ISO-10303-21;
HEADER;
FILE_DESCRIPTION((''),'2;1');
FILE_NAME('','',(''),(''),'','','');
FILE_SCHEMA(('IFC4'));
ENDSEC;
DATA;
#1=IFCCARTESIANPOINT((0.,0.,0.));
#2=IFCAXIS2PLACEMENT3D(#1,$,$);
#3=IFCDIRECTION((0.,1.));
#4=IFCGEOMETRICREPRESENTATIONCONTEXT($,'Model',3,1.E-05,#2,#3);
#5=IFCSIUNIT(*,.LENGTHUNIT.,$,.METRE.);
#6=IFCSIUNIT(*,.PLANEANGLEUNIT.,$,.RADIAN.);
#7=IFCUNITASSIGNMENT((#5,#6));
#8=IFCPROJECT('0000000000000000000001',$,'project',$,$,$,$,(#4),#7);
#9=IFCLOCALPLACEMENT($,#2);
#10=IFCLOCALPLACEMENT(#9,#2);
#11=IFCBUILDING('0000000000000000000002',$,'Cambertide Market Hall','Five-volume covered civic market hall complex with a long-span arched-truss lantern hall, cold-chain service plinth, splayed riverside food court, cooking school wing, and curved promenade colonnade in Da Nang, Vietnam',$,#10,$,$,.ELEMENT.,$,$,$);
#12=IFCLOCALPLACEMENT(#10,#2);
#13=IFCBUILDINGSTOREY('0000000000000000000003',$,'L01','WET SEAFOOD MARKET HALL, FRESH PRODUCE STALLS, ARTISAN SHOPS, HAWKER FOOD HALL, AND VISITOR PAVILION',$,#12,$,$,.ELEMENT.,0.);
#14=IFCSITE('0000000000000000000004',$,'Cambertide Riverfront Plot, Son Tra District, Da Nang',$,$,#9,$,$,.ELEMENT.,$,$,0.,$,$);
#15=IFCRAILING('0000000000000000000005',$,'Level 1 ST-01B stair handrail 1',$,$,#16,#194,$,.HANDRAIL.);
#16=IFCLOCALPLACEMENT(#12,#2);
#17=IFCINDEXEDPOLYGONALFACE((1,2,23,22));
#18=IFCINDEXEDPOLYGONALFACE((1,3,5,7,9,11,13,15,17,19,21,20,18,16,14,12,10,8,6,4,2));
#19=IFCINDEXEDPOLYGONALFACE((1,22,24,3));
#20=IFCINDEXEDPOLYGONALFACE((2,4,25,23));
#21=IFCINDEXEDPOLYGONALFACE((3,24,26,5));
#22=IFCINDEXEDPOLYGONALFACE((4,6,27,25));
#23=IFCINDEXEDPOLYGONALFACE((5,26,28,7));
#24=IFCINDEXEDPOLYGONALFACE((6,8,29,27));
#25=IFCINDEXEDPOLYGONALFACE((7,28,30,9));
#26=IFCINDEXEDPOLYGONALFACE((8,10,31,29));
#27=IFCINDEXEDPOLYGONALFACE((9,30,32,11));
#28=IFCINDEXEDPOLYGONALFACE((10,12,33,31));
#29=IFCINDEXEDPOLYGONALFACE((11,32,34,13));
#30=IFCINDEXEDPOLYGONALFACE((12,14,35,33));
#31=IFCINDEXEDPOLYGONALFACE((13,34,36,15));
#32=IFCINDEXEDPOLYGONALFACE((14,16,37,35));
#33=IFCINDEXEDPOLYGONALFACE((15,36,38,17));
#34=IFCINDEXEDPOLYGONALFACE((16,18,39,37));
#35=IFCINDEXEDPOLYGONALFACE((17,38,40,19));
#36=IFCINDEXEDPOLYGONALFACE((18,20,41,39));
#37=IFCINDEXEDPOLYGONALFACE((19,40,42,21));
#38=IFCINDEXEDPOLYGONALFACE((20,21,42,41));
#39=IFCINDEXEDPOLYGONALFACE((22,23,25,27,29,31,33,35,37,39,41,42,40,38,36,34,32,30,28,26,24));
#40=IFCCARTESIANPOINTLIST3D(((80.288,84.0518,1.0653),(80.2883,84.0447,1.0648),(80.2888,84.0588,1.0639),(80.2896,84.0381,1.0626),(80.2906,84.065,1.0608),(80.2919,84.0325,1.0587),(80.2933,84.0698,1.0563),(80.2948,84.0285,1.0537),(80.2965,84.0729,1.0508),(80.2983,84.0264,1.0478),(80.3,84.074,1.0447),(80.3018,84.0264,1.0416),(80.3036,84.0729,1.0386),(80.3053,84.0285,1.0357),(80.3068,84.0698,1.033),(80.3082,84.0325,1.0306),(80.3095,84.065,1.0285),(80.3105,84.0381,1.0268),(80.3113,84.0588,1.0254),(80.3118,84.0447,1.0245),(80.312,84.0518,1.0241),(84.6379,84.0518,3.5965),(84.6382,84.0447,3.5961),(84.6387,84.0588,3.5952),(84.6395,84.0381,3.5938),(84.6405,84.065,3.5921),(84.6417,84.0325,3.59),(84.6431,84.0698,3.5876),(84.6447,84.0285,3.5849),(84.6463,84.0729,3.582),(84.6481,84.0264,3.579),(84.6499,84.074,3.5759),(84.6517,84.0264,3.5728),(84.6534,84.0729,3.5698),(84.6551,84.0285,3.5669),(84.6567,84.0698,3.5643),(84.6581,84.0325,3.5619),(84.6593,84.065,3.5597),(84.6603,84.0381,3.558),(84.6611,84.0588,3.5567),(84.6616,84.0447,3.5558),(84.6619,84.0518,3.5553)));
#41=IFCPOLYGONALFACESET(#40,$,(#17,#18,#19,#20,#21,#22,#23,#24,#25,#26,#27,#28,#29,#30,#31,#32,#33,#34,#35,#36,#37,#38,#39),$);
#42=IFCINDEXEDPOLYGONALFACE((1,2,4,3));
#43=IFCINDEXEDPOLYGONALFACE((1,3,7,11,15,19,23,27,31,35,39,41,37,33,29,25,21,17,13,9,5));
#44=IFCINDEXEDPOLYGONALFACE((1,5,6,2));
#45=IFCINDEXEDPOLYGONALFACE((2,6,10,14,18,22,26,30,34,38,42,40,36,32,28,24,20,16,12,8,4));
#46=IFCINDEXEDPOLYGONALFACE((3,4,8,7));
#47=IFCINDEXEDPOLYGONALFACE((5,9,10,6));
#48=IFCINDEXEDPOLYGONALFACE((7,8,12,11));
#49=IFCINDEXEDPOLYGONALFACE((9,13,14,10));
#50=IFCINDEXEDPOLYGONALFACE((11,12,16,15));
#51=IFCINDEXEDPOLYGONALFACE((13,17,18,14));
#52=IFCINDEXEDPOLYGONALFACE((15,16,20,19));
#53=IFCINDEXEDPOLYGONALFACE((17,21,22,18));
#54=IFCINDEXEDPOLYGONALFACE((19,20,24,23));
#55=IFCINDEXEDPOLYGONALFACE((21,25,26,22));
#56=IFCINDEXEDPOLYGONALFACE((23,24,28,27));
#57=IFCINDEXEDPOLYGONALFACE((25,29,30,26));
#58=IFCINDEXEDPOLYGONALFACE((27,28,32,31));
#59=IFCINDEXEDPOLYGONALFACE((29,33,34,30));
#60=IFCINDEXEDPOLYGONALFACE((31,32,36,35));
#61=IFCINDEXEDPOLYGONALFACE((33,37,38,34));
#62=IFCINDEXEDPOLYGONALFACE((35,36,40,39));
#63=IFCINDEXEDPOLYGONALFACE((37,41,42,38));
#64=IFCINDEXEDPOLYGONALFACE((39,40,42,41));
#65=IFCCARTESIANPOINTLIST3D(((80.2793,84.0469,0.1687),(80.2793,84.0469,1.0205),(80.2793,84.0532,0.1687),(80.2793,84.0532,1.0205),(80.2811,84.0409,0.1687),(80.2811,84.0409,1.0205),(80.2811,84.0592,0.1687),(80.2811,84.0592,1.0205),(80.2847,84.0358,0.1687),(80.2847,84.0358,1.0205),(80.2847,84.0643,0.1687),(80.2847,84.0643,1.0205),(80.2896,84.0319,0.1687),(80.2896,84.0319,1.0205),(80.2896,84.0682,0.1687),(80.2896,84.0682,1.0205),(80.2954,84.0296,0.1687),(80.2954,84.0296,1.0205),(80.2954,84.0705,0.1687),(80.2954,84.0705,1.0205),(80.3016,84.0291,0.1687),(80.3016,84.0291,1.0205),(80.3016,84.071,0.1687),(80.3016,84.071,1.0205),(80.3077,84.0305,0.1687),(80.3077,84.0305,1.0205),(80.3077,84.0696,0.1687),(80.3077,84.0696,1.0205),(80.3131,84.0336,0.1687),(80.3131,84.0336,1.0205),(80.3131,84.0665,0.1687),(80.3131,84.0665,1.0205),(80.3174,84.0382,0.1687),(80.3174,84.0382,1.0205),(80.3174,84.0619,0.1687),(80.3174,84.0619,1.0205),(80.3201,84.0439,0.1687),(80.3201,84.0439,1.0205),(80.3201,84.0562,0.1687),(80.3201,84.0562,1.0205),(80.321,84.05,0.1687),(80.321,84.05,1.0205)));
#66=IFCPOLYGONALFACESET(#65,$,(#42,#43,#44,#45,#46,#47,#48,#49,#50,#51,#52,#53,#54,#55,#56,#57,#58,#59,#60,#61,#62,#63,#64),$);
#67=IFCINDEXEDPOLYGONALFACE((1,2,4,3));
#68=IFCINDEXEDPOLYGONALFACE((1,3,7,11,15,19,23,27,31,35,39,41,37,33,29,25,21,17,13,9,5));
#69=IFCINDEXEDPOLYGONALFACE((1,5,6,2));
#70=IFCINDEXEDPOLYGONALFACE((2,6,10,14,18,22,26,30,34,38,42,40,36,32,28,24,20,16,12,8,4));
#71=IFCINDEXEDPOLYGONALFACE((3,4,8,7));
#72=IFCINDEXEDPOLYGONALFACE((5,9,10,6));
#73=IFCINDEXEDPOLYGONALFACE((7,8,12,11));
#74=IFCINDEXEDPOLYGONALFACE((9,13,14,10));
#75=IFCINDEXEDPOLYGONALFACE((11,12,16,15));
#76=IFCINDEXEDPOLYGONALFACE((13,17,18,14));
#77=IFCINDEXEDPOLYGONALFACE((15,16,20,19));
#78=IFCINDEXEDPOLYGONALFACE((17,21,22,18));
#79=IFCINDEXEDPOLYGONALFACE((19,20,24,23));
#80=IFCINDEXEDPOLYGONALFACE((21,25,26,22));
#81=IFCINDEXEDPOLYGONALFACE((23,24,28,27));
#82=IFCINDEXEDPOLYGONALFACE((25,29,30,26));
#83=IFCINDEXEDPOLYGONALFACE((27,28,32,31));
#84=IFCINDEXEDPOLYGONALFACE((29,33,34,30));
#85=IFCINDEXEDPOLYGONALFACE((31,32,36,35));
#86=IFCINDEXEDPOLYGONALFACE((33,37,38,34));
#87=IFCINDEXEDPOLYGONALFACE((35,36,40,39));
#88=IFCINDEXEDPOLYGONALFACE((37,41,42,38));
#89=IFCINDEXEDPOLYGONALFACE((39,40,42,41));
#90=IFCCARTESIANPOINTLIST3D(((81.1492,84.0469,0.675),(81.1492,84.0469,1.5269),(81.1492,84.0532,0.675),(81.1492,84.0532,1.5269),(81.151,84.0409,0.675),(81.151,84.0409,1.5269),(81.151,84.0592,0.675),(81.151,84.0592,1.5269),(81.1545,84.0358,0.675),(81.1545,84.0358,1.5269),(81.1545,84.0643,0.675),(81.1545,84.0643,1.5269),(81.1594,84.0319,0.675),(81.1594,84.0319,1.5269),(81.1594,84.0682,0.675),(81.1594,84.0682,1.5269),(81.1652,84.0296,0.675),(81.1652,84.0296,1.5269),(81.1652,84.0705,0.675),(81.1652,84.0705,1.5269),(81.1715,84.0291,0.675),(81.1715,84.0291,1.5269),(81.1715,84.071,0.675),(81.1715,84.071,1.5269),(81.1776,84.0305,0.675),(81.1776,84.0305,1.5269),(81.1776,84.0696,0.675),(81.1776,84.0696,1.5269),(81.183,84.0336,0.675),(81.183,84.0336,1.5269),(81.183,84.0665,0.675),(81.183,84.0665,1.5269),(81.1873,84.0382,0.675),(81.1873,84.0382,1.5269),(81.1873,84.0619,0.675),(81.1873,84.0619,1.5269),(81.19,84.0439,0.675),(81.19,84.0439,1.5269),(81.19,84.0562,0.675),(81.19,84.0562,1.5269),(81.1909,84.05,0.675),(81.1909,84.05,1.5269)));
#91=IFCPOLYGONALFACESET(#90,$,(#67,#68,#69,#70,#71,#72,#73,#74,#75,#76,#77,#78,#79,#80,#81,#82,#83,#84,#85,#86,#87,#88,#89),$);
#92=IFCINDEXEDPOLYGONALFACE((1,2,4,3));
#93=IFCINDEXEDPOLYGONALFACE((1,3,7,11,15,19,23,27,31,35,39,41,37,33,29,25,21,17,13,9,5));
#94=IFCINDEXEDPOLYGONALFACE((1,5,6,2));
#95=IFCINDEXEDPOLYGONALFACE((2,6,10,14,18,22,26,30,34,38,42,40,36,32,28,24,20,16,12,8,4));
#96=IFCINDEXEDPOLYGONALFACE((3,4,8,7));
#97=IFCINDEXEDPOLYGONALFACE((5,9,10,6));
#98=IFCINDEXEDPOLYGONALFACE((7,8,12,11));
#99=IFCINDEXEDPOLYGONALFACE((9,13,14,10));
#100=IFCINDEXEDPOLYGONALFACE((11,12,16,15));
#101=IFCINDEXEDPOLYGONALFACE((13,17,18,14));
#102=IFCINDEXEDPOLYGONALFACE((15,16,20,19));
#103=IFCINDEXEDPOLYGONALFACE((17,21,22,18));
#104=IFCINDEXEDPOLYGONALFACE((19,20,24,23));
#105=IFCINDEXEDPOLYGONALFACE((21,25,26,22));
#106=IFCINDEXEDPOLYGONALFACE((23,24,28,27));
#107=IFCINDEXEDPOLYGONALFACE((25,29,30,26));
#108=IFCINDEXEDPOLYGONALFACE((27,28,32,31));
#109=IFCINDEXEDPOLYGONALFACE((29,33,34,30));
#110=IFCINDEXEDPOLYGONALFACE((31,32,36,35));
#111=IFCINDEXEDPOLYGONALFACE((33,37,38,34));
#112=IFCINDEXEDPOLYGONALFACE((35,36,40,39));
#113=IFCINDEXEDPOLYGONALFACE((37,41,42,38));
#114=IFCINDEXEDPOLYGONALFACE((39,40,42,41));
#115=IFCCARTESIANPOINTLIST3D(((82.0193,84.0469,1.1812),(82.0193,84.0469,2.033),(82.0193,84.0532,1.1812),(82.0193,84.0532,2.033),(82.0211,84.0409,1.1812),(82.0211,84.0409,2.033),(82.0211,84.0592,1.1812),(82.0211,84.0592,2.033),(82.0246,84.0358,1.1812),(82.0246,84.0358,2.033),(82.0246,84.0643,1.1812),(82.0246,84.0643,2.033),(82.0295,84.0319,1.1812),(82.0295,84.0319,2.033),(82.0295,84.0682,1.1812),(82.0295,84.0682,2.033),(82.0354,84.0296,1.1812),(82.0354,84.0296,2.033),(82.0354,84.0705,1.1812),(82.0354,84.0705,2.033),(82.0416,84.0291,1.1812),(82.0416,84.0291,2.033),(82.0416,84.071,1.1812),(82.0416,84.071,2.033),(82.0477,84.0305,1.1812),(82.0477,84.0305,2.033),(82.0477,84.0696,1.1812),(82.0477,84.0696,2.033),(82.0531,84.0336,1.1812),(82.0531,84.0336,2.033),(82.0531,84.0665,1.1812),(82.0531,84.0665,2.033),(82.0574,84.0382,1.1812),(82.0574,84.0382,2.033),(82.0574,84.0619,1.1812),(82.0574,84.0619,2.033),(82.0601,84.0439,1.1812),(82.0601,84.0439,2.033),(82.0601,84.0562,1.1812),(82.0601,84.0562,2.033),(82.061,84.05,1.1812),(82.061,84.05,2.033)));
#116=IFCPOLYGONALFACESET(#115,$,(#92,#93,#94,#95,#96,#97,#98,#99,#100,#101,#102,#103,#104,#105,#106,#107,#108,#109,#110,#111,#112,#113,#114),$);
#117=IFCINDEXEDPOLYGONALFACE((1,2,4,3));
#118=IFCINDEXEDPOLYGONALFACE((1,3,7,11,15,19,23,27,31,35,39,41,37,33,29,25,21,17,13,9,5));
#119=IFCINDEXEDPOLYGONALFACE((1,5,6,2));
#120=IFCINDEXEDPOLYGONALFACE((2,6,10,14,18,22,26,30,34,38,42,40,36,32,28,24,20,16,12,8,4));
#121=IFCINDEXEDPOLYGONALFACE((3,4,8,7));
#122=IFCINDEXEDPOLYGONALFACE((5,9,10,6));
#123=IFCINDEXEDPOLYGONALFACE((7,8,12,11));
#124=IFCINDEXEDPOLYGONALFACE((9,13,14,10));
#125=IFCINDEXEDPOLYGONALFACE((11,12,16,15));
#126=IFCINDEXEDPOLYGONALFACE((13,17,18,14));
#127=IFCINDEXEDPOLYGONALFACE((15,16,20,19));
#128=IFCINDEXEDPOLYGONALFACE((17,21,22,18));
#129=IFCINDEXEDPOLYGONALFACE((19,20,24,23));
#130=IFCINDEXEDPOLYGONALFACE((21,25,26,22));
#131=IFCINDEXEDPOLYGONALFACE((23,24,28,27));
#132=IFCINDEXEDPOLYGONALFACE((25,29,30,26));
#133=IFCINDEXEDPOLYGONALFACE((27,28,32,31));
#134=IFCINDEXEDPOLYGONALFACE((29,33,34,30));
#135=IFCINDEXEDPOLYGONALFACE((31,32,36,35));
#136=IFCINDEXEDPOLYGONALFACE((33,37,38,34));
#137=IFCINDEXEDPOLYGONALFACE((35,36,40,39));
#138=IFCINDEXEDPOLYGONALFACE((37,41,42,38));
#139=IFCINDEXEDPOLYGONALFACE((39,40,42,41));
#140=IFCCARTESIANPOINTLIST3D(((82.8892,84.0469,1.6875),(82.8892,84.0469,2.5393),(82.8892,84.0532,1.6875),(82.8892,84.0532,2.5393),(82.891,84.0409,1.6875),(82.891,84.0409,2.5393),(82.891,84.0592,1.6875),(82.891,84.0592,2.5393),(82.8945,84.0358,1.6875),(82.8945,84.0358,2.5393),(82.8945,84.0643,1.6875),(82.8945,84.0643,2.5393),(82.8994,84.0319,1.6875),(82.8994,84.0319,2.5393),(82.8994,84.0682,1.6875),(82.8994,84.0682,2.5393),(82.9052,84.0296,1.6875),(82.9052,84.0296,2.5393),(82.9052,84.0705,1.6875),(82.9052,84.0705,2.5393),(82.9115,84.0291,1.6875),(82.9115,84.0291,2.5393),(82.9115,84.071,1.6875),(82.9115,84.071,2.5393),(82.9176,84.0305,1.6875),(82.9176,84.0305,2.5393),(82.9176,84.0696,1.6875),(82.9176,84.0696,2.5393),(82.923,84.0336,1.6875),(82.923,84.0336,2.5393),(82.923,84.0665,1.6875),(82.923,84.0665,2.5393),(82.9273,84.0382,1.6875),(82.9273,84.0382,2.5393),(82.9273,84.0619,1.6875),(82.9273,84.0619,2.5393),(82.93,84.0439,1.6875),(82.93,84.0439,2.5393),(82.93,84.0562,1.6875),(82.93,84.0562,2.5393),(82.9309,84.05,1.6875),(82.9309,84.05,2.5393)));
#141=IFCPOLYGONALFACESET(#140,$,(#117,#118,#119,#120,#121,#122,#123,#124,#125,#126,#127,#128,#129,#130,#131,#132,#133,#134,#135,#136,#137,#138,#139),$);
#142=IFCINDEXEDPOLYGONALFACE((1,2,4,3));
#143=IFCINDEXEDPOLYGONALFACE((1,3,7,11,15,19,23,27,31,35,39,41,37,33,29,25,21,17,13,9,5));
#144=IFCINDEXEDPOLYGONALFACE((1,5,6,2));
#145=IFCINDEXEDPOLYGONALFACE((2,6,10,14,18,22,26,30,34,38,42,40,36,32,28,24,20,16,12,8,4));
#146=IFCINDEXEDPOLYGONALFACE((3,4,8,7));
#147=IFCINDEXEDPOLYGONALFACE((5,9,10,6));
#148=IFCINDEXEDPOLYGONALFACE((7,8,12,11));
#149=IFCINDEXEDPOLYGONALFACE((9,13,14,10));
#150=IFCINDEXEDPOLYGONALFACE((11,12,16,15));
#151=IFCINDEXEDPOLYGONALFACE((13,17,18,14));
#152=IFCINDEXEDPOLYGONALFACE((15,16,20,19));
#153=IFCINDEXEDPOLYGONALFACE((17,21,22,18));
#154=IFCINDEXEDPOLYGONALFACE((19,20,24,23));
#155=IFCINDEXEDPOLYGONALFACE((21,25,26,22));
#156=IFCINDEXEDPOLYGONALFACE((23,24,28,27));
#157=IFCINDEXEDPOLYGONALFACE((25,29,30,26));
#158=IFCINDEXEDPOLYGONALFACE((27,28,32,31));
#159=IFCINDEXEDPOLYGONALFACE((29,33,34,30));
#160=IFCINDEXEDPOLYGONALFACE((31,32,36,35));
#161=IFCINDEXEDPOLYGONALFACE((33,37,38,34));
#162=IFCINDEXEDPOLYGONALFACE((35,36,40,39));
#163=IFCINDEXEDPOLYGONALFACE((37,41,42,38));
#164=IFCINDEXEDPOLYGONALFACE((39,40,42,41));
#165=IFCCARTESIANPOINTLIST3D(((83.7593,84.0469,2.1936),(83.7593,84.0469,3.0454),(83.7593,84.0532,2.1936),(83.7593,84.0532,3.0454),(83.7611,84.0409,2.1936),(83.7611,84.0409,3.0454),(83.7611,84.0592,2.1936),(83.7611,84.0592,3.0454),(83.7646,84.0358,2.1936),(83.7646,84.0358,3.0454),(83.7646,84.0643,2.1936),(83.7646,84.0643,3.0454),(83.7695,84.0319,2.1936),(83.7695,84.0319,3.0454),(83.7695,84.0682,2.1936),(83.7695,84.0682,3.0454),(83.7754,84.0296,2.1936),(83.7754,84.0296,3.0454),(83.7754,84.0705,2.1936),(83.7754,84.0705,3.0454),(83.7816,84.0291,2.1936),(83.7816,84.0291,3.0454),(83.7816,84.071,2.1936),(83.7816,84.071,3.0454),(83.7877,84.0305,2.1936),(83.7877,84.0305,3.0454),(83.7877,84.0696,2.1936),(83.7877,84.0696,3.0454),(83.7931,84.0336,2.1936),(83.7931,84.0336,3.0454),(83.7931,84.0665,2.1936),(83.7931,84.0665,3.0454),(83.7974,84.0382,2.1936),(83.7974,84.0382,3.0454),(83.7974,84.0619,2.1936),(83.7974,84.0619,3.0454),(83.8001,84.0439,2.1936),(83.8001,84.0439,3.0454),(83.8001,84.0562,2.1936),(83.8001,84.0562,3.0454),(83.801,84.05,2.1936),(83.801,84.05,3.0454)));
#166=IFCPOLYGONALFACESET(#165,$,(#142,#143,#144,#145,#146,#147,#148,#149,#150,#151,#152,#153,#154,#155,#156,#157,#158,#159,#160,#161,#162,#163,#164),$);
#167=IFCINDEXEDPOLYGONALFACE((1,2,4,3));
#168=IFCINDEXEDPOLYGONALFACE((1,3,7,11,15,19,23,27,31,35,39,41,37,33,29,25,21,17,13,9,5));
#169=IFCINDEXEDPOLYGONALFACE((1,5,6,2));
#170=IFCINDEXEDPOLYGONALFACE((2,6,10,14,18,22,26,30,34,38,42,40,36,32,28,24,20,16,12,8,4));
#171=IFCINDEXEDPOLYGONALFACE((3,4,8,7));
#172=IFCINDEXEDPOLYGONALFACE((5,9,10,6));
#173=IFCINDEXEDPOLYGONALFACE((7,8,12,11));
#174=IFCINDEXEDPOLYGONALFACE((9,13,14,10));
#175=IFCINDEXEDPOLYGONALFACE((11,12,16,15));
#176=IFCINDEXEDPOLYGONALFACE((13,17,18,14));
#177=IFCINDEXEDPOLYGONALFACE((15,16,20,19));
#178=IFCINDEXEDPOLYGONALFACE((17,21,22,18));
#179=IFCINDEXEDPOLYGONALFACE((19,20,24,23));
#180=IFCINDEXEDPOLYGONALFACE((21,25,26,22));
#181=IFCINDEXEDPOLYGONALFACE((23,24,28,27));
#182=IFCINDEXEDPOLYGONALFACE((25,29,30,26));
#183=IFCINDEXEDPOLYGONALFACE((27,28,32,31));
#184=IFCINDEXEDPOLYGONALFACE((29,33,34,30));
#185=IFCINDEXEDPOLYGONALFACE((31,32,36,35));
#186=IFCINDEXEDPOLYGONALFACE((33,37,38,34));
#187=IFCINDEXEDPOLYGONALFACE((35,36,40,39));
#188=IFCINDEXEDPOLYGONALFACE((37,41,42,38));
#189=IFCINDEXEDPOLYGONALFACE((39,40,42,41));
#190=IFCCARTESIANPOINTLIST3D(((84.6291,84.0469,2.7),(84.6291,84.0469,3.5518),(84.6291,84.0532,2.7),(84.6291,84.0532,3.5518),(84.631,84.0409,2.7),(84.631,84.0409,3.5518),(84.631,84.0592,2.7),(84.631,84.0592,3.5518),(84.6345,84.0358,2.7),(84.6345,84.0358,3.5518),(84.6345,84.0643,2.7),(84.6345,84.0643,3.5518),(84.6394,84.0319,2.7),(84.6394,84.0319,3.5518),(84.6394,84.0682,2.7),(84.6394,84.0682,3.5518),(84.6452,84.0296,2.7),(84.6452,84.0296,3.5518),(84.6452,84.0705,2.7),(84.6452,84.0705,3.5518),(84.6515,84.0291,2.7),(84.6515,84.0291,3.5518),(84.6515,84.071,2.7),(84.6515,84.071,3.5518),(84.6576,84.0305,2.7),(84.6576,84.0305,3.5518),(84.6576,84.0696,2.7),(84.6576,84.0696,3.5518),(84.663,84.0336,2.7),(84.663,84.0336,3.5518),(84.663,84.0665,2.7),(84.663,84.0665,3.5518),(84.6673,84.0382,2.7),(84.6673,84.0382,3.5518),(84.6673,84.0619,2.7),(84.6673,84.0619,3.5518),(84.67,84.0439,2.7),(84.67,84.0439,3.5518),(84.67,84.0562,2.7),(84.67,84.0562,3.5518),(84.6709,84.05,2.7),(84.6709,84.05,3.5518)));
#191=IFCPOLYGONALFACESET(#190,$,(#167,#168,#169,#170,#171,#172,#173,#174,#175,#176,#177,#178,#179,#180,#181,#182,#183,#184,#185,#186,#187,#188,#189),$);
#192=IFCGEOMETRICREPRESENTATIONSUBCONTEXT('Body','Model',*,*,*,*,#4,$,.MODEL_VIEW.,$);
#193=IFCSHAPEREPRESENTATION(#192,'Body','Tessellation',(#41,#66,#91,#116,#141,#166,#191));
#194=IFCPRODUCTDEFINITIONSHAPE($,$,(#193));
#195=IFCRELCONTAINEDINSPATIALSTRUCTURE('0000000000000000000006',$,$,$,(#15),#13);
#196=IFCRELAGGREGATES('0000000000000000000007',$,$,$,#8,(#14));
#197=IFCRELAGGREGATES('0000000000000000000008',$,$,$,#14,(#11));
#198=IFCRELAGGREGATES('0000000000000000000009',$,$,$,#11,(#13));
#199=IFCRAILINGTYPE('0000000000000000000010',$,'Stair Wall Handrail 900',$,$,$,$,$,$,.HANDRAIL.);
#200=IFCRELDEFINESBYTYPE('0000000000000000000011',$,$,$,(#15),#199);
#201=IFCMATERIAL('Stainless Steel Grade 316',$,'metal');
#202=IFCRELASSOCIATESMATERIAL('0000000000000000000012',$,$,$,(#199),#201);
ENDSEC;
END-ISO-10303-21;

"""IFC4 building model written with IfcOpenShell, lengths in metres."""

from ifc_helpers import new_model, si_unit, direction, frame, origin, origin_2d, place, context, subcontext, project, spatial, circle, extrude, material, type_object, element, save


model = new_model("IFC4")

# Units and contexts
model_context = context("Model", 3, precision=1e-05, world=origin(), true_north=direction((0.0, 1.0)))
body_context = subcontext(model_context, "Body", "Model", "MODEL_VIEW")
ifc_project = project(units=[si_unit("LENGTHUNIT", "METRE"), si_unit("PLANEANGLEUNIT", "RADIAN")], contexts=[model_context])

# Site, building, storey
site_placement = place(None, origin())
site = spatial("IfcSite", under=ifc_project, at=site_placement, Name="Cambertide Riverfront Plot, Son Tra District, Da Nang", CompositionType="ELEMENT", RefElevation=0.0)
building_placement = place(site_placement, origin())
building = spatial("IfcBuilding", under=site, at=building_placement, Name="Cambertide Market Hall", Description="Five-volume covered civic market hall complex with a long-span arched-truss lantern hall, cold-chain service plinth, splayed riverside food court, cooking school wing, and curved promenade colonnade in Da Nang, Vietnam", CompositionType="ELEMENT")
storey_placement = place(building_placement, origin())
storey = spatial("IfcBuildingStorey", under=building, at=storey_placement, Name="L01", Description="WET SEAFOOD MARKET HALL, FRESH PRODUCE STALLS, ARTISAN SHOPS, HAWKER FOOD HALL, AND VISITOR PAVILION", CompositionType="ELEMENT", Elevation=0.0)

# Railing
ifc_material_1 = material(Name="Stainless Steel Grade 316", Category="metal")
railing_type_1 = type_object("IfcRailingType", Name="Stair Wall Handrail 900", PredefinedType="HANDRAIL", material=ifc_material_1)
railing_1_placement = place(storey_placement, frame((80.3, 84.05, 0.1687)))
element("IfcRailing", 1, at=railing_1_placement, inside=storey, type_object=railing_type_1, Name="Level 1 ST-01B stair handrail 1", PredefinedType="HANDRAIL", context=body_context, shape_type="SweptSolid", body=[
    extrude(circle(Radius=0.0239, at=origin_2d()), frame((0.0, 0.0, 0.876), z_axis=(0.864312, 0.0, 0.502957), x_axis=(0.0, 1.0, 0.0)), (0.0, 0.0, 1.0), 5.0327),
    extrude(circle(Radius=0.021, at=origin_2d()), origin(), (0.0, 0.0, 1.0), 0.8518),
    extrude(circle(Radius=0.021, at=origin_2d()), frame((0.8699, 0.0, 0.5063)), (0.0, 0.0, 1.0), 0.8518),
    extrude(circle(Radius=0.021, at=origin_2d()), frame((1.74, 0.0, 1.0125)), (0.0, 0.0, 1.0), 0.8518),
    extrude(circle(Radius=0.021, at=origin_2d()), frame((2.6099, 0.0, 1.5188)), (0.0, 0.0, 1.0), 0.8518),
    extrude(circle(Radius=0.021, at=origin_2d()), frame((3.48, 0.0, 2.0249)), (0.0, 0.0, 1.0), 0.8518),
    extrude(circle(Radius=0.021, at=origin_2d()), frame((4.3499, 0.0, 2.5312)), (0.0, 0.0, 1.0), 0.8518),
])

save(model, "model.ifc")
